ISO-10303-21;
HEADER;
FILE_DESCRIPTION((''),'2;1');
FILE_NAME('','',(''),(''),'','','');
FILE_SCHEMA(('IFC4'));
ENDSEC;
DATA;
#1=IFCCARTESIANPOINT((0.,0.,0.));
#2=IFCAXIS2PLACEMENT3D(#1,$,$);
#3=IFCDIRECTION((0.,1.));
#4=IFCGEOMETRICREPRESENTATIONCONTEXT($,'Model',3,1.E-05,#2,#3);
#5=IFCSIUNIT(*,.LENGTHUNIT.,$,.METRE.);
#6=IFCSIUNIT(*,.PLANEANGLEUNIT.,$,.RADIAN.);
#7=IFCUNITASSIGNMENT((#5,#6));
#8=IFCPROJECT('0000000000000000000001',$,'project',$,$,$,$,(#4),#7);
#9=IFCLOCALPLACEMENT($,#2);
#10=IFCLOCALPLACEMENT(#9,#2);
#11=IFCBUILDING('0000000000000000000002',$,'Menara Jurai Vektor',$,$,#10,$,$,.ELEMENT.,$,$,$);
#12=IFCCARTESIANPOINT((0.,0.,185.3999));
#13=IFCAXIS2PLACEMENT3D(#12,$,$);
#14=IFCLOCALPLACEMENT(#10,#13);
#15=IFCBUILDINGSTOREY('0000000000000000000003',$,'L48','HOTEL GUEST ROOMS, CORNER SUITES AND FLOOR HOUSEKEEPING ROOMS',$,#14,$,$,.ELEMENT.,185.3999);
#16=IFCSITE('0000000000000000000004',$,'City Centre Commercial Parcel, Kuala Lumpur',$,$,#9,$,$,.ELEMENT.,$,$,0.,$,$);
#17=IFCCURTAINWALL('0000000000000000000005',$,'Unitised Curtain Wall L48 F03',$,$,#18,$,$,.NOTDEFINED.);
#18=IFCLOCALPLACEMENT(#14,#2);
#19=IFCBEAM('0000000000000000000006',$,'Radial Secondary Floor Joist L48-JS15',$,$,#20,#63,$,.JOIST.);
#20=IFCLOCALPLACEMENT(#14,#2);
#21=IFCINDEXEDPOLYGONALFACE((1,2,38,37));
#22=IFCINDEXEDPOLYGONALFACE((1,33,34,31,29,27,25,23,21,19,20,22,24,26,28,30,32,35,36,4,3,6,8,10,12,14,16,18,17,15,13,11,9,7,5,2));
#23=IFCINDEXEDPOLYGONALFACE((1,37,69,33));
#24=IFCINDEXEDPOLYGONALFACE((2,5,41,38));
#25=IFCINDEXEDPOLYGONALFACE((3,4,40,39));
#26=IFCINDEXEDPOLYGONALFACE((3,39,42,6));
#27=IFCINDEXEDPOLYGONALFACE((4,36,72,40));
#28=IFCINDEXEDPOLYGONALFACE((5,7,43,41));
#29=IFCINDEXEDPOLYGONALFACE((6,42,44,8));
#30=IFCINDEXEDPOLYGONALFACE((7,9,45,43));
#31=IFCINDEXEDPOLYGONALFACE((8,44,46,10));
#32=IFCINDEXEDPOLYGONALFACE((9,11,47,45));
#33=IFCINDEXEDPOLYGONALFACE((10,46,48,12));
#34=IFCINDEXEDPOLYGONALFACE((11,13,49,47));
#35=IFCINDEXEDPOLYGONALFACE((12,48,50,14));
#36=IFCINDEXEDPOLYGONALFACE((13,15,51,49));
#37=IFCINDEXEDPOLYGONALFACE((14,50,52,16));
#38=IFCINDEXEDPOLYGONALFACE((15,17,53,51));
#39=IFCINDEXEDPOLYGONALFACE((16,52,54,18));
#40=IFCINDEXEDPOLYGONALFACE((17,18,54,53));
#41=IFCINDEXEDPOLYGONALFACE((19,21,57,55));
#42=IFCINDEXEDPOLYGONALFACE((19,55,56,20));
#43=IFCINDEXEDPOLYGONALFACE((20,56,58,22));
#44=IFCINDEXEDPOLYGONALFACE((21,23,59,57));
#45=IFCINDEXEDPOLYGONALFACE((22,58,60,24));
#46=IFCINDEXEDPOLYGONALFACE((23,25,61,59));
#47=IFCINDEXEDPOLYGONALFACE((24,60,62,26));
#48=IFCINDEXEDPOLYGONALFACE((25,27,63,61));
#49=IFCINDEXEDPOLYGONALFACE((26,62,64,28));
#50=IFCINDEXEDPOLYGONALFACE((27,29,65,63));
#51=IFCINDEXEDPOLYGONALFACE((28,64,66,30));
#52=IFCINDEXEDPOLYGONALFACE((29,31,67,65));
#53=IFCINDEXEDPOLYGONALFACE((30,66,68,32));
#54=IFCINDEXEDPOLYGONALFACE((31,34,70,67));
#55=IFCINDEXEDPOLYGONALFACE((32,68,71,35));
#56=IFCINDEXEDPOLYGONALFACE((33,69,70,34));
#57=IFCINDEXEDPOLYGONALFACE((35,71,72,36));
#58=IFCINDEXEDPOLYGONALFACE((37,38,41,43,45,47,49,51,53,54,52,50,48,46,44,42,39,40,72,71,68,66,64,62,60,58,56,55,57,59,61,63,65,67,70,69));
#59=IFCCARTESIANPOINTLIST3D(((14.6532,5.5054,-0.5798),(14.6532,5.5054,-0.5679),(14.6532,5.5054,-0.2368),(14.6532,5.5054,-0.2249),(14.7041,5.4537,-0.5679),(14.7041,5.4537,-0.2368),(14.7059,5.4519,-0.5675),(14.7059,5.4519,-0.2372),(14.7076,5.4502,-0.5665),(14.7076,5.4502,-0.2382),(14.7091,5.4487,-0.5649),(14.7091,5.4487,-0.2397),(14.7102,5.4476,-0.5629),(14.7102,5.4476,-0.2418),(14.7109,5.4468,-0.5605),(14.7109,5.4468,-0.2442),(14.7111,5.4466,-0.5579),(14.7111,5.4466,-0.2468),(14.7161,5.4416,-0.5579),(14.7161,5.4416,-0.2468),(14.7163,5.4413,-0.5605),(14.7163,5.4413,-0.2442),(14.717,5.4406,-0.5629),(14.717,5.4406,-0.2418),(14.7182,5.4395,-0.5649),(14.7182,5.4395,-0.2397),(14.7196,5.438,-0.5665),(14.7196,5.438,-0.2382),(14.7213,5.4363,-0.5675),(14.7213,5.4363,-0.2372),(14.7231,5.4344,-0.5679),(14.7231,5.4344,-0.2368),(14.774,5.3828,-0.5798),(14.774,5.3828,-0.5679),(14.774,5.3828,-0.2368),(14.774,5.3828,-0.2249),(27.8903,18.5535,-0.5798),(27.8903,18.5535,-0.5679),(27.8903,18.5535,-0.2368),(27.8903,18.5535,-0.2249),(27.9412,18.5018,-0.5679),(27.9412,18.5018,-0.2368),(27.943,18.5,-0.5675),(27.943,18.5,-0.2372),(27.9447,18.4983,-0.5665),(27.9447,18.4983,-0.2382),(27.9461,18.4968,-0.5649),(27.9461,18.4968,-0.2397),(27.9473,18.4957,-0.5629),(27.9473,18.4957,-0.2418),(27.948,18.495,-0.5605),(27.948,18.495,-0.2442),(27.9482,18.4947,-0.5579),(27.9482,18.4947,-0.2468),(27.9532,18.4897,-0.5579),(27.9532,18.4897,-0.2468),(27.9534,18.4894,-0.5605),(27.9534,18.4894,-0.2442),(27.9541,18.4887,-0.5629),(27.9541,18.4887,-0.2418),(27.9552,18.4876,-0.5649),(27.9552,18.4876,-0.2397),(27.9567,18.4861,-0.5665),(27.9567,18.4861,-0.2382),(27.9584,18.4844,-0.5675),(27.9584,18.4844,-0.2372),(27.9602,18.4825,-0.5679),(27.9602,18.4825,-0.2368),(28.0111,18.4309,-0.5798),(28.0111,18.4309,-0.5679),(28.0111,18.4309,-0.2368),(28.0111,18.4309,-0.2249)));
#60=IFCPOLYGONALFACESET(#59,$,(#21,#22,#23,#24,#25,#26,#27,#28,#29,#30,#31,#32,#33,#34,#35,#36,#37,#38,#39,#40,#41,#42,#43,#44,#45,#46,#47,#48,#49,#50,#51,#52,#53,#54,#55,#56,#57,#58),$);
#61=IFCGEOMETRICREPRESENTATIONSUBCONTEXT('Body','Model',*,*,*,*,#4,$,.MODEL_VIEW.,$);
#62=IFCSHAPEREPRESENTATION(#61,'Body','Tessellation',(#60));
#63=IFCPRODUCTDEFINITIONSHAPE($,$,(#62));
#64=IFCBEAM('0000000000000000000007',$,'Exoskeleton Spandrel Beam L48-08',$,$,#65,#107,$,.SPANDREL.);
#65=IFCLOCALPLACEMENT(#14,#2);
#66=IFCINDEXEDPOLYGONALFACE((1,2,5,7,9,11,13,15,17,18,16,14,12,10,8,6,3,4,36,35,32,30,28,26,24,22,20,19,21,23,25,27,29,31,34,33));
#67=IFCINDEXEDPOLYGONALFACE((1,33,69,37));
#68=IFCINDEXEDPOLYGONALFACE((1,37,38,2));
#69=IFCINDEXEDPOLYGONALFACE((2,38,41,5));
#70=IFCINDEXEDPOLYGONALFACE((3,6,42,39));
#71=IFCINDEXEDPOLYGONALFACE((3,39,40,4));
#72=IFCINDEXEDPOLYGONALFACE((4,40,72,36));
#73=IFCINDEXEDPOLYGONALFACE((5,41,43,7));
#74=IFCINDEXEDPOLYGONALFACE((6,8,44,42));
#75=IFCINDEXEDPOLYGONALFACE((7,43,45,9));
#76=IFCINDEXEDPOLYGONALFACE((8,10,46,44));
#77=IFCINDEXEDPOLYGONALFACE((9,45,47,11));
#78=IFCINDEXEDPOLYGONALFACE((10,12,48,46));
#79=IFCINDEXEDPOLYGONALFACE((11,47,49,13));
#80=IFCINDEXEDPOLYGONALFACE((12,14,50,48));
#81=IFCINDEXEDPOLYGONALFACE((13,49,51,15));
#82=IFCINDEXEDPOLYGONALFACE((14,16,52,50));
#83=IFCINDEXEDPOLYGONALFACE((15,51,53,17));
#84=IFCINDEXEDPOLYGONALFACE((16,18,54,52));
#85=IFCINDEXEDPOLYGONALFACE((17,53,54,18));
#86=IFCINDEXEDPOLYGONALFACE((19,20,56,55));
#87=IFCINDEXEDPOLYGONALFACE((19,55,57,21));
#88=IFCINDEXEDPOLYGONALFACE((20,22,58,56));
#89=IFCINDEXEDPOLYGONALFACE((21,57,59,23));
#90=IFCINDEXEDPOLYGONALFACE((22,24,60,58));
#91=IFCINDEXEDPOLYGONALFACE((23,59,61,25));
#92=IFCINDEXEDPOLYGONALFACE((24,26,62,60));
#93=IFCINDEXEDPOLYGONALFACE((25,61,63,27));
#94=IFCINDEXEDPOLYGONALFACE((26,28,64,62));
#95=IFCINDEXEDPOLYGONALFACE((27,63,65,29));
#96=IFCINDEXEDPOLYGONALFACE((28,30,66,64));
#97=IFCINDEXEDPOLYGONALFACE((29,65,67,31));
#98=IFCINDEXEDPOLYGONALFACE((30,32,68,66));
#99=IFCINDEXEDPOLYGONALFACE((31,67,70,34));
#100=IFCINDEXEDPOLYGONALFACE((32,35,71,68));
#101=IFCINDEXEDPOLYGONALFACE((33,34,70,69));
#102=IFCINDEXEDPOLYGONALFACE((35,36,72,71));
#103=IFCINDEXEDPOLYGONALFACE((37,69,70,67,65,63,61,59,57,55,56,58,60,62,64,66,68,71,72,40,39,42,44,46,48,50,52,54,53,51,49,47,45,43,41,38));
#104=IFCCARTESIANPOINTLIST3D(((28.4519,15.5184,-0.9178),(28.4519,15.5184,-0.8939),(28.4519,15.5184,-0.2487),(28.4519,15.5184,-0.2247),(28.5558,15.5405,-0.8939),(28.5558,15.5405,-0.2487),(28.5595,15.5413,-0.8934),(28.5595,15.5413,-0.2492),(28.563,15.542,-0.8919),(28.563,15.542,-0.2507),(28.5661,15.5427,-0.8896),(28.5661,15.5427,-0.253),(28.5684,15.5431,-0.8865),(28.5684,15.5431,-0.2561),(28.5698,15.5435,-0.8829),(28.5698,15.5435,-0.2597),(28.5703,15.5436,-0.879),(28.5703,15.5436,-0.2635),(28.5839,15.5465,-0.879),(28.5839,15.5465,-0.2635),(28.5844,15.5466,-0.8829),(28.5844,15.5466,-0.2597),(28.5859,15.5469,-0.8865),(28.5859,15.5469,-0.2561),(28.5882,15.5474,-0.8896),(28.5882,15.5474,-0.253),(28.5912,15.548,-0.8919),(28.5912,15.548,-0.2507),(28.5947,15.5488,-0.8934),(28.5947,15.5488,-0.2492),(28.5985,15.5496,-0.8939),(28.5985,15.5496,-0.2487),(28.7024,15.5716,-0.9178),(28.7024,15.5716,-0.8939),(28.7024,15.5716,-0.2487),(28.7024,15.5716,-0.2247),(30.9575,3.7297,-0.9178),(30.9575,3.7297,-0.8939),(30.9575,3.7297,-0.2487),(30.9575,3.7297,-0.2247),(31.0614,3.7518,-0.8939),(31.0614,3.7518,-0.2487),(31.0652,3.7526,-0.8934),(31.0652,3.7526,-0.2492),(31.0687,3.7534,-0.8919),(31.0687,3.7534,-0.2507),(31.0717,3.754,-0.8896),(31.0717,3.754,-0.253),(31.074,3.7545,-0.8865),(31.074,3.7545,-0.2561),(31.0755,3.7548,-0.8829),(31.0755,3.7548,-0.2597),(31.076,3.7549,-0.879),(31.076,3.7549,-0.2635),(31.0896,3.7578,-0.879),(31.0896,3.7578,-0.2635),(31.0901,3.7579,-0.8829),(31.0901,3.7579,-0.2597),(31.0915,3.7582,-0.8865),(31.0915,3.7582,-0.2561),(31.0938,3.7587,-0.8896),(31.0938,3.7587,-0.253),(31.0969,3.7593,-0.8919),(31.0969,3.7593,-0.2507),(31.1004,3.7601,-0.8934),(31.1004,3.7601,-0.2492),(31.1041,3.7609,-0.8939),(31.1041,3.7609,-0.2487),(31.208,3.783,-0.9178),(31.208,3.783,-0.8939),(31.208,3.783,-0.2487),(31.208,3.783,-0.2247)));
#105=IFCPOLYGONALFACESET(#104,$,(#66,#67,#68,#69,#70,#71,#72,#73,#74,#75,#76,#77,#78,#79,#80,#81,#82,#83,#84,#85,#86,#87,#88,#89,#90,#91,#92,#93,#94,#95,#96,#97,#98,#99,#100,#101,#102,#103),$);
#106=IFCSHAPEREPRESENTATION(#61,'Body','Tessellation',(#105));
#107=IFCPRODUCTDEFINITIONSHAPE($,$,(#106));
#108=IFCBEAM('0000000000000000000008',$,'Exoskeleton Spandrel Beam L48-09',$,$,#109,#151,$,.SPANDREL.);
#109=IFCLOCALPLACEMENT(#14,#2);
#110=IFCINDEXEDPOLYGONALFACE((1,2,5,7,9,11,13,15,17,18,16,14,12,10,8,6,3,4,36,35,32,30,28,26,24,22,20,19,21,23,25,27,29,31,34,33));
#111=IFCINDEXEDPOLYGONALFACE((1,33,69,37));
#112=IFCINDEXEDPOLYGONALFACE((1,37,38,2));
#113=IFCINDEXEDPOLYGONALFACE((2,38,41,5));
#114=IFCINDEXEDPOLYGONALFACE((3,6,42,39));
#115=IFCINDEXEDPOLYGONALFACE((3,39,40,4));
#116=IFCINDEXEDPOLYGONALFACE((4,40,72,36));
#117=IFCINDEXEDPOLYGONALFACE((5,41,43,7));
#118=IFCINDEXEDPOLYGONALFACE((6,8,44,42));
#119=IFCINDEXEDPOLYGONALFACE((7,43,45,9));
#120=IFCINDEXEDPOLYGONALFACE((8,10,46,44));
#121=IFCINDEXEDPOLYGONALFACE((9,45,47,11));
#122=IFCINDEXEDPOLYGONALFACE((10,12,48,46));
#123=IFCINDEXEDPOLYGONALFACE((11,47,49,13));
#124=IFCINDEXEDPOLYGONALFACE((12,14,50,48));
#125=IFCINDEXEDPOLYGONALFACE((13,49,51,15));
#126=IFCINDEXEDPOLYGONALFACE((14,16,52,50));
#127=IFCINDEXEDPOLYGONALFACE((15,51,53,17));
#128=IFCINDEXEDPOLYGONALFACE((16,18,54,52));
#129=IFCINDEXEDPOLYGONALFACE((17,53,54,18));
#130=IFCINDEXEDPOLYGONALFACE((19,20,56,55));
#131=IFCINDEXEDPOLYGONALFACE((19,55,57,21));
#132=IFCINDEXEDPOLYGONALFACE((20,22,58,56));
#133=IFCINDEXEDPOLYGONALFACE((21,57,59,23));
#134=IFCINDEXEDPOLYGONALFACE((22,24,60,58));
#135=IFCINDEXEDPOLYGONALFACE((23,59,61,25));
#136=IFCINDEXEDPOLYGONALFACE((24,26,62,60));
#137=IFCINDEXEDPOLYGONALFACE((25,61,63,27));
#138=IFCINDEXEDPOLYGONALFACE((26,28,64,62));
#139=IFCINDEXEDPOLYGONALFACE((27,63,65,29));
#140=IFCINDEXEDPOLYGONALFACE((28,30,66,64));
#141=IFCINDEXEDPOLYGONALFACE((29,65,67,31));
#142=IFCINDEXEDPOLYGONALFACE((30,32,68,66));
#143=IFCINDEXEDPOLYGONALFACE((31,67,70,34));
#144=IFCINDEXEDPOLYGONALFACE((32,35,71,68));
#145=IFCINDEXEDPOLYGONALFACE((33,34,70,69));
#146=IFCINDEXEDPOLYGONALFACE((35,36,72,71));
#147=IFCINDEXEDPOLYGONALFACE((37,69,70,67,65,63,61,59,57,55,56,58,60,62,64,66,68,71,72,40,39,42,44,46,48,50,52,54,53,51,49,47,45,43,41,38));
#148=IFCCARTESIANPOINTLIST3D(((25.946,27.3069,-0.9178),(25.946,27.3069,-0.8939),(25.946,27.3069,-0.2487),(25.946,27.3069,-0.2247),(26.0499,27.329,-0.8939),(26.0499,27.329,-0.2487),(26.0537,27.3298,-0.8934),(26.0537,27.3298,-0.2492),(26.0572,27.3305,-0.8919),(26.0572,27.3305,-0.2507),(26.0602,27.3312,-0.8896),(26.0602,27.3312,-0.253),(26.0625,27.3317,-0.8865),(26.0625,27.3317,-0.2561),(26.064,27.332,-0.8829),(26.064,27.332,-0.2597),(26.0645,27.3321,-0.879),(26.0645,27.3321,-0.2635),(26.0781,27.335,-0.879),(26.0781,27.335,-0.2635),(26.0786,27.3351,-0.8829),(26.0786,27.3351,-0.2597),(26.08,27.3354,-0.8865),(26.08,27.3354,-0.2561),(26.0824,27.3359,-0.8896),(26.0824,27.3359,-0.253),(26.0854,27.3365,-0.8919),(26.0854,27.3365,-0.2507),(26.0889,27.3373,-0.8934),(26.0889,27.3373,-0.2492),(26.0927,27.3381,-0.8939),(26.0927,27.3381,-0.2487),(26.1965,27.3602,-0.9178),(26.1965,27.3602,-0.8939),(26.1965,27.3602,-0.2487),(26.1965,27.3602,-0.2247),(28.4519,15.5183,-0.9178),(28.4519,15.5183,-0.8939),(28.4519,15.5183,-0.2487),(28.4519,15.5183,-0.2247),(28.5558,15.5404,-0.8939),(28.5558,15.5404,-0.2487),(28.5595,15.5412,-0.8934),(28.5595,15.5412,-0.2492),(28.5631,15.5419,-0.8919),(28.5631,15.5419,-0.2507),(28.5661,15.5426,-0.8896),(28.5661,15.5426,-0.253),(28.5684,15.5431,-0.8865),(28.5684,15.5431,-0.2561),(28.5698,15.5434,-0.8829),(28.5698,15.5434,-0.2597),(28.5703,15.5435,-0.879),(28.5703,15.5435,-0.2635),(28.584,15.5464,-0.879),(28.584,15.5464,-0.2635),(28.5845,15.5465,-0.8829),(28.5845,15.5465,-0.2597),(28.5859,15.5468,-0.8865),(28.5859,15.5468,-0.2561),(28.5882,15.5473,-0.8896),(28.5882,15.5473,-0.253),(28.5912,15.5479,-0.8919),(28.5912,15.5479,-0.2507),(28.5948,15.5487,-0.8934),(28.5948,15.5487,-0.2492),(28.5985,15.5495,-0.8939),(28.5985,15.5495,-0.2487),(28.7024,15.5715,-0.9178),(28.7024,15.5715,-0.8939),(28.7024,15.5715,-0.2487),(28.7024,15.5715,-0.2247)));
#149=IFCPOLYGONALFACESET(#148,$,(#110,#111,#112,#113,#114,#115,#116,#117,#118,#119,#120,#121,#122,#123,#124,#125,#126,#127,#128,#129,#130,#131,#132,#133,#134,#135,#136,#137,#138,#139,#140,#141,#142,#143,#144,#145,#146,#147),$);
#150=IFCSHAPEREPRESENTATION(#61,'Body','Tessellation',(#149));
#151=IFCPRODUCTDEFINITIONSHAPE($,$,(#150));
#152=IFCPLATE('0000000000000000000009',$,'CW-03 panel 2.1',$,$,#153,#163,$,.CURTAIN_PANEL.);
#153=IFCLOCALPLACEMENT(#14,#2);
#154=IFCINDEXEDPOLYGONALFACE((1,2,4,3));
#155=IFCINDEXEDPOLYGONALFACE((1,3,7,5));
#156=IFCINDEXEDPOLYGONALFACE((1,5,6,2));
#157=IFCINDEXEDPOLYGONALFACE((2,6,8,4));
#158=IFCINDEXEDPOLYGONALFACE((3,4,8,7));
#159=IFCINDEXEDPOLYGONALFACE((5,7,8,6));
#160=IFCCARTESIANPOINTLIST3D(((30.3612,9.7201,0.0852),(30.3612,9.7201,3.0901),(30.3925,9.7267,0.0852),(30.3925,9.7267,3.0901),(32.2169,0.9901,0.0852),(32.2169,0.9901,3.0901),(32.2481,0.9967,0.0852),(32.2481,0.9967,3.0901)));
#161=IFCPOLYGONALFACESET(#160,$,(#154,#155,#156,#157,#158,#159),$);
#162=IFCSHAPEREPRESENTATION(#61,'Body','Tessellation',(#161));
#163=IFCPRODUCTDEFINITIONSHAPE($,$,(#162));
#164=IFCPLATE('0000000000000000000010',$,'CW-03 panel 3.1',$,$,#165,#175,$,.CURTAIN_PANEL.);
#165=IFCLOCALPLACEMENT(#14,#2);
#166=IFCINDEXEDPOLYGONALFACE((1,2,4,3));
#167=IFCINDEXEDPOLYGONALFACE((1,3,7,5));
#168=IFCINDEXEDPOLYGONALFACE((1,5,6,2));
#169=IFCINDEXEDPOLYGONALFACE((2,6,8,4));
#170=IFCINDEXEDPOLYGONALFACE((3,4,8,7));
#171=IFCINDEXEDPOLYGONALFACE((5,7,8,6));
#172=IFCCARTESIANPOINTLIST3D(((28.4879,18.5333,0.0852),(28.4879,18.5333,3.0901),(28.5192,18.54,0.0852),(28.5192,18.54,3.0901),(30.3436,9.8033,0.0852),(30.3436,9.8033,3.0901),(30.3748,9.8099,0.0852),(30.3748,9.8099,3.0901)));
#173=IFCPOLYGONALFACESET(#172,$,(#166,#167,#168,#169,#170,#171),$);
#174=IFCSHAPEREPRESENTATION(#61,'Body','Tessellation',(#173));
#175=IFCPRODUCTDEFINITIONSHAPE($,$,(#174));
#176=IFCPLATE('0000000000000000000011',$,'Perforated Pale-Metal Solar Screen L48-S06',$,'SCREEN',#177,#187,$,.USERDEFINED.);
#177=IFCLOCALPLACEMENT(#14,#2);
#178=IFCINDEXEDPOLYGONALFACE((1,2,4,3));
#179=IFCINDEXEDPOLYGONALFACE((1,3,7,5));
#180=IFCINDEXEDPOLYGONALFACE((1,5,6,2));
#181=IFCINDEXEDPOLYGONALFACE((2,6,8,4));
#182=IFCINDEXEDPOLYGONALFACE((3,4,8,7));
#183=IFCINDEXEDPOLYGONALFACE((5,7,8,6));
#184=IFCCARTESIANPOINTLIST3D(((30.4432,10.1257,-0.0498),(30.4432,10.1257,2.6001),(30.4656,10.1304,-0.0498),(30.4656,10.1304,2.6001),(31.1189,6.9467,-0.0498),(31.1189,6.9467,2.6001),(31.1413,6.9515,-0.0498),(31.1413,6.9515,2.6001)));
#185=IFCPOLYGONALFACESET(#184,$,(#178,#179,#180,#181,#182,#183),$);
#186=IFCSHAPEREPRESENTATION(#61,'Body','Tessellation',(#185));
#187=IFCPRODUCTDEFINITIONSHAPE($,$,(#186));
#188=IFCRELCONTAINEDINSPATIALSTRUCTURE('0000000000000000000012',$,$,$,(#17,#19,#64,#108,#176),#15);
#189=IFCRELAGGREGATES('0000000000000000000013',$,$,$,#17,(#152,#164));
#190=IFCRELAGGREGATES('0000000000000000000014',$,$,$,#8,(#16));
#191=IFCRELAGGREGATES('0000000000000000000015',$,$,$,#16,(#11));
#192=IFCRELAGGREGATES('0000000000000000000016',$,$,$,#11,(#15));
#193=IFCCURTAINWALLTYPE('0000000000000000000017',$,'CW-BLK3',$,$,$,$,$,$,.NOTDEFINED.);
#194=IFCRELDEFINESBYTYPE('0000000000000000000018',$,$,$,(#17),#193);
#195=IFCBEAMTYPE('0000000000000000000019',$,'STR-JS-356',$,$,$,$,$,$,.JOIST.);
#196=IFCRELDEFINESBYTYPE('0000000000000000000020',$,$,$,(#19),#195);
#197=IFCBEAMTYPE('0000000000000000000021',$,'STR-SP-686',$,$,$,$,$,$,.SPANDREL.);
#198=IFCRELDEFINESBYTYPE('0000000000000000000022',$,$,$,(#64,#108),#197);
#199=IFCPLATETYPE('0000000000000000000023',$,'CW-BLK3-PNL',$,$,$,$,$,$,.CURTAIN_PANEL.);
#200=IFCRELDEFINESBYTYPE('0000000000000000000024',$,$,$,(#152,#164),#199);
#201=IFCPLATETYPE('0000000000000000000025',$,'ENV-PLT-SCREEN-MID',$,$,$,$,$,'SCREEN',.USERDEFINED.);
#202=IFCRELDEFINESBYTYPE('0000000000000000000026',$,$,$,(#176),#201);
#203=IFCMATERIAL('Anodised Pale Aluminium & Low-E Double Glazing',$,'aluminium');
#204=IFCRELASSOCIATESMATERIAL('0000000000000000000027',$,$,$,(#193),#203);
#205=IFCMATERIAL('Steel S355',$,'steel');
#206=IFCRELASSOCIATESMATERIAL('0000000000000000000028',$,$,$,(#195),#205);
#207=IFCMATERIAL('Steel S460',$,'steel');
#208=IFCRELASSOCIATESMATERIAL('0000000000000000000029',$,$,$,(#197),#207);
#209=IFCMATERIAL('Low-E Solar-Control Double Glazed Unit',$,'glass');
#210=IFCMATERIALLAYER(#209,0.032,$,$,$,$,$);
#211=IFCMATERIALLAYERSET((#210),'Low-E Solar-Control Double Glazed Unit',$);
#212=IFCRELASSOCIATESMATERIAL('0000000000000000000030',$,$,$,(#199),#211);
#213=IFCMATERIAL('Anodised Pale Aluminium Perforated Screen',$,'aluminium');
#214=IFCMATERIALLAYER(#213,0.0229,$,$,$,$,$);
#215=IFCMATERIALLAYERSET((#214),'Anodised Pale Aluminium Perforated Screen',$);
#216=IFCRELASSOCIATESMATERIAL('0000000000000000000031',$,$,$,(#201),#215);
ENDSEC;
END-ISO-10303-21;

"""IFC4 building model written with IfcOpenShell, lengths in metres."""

from ifc_helpers import new_model, si_unit, direction, frame, origin, origin_2d, place, context, subcontext, project, spatial, rectangle, i_section, extrude, material, layer, layer_set, material_profile, profile_set, type_object, element, aggregate, save


model = new_model("IFC4")

# Units and contexts
model_context = context("Model", 3, precision=1e-05, world=origin(), true_north=direction((0.0, 1.0)))
body_context = subcontext(model_context, "Body", "Model", "MODEL_VIEW")
ifc_project = project(units=[si_unit("LENGTHUNIT", "METRE"), si_unit("PLANEANGLEUNIT", "RADIAN")], contexts=[model_context])

# Site, building, storey
site_placement = place(None, origin())
site = spatial("IfcSite", under=ifc_project, at=site_placement, Name="City Centre Commercial Parcel, Kuala Lumpur", CompositionType="ELEMENT", RefElevation=0.0)
building_placement = place(site_placement, origin())
building = spatial("IfcBuilding", under=site, at=building_placement, Name="Menara Jurai Vektor", CompositionType="ELEMENT")
storey_placement = place(building_placement, frame((0.0, 0.0, 185.3999)))
storey = spatial("IfcBuildingStorey", under=building, at=storey_placement, Name="L48", Description="HOTEL GUEST ROOMS, CORNER SUITES AND FLOOR HOUSEKEEPING ROOMS", CompositionType="ELEMENT", Elevation=185.3999)

# Shared definitions
ifc_material_1 = material(Name="Steel S460", Category="steel")

# Curtain wall
ifc_material_2 = material(Name="Anodised Pale Aluminium & Low-E Double Glazing", Category="aluminium")
curtain_wall_type = type_object("IfcCurtainWallType", Name="CW-BLK3", PredefinedType="NOTDEFINED", material=ifc_material_2)
curtain_wall_placement = place(storey_placement, origin())
curtain_wall = element("IfcCurtainWall", 1, at=curtain_wall_placement, inside=storey, type_object=curtain_wall_type, Name="Unitised Curtain Wall L48 F03", PredefinedType="NOTDEFINED")

# Beams
ifc_material_3 = material(Name="Steel S355", Category="steel")
ifc_material_profile_1 = material_profile(ifc_material_3, i_section(OverallWidth=0.1721, OverallDepth=0.355, WebThickness=0.0071, FlangeThickness=0.012, FilletRadius=0.01, at=origin_2d()), Name="UKB 356x171x51")
ifc_profile_set_1 = profile_set([ifc_material_profile_1], Name="Steel S355")
beam_type_1 = type_object("IfcBeamType", Name="STR-JS-356", PredefinedType="JOIST", material=ifc_profile_set_1)
beam_1_placement = place(storey_placement, frame((27.9507, 18.4922, -0.4023), z_axis=(-0.712172, -0.702005, 0.0), x_axis=(0.702005, -0.712172, 0.0)))
element("IfcBeam", 2, at=beam_1_placement, inside=storey, type_object=beam_type_1, Name="Radial Secondary Floor Joist L48-JS15", PredefinedType="JOIST", context=body_context, shape_type="SweptSolid", body=[
    extrude(i_section(OverallWidth=0.1721, OverallDepth=0.355, WebThickness=0.0071, FlangeThickness=0.012, FilletRadius=0.01, at=origin_2d()), origin(), (0.0, 0.0, 1.0), 18.5869),
])
ifc_material_profile_2 = material_profile(ifc_material_1, i_section(OverallWidth=0.2561, OverallDepth=0.6931, WebThickness=0.0139, FlangeThickness=0.0239, FilletRadius=0.0149, at=origin_2d()), Name="UKB 686x254x170")
ifc_profile_set_2 = profile_set([ifc_material_profile_2], Name="Steel S460")
beam_type_2 = type_object("IfcBeamType", Name="STR-SP-686", PredefinedType="SPANDREL", material=ifc_profile_set_2)
for number, where, z_axis, x_axis, name in (
    (3, (31.0828, 3.7563, -0.5713), (-0.207902, 0.97815, 0.0), (-0.97815, -0.207902, 0.0), "Exoskeleton Spandrel Beam L48-08"),
    (4, (28.5771, 15.5449, -0.5713), (-0.207921, 0.978146, 0.0), (-0.978146, -0.207921, 0.0), "Exoskeleton Spandrel Beam L48-09"),
):
    element("IfcBeam", number, at=place(storey_placement, frame(where, z_axis=z_axis, x_axis=x_axis)), inside=storey, type_object=beam_type_2, Name=name, PredefinedType="SPANDREL", context=body_context, shape_type="SweptSolid", body=[
        extrude(i_section(OverallWidth=0.2561, OverallDepth=0.6931, WebThickness=0.0139, FlangeThickness=0.0239, FilletRadius=0.0149, at=origin_2d()), origin(), (0.0, 0.0, 1.0), 12.052),
    ])

# Plates
ifc_material_4 = material(Name="Low-E Solar-Control Double Glazed Unit", Category="glass")
ifc_layer_1 = layer(ifc_material_4, 0.032)
ifc_layer_set_1 = layer_set([ifc_layer_1], Name="Low-E Solar-Control Double Glazed Unit")
plate_type_1 = type_object("IfcPlateType", Name="CW-BLK3-PNL", PredefinedType="CURTAIN_PANEL", material=ifc_layer_set_1)
plate_1_placement = place(storey_placement, frame((31.3047, 5.3584, 0.0852), z_axis=(0.0, 0.0, 1.0), x_axis=(-0.20791, 0.978148, 0.0)))
plate_1 = element("IfcPlate", 5, at=plate_1_placement, type_object=plate_type_1, Name="CW-03 panel 2.1", PredefinedType="CURTAIN_PANEL", context=body_context, shape_type="SweptSolid", body=[
    extrude(rectangle(XDim=8.925, YDim=0.032, at=origin_2d()), origin(), (0.0, 0.0, 1.0), 3.0049),
])
plate_2_placement = place(storey_placement, frame((29.4314, 14.1716, 0.0852), z_axis=(0.0, 0.0, 1.0), x_axis=(-0.20791, 0.978148, 0.0)))
plate_2 = element("IfcPlate", 6, at=plate_2_placement, type_object=plate_type_1, Name="CW-03 panel 3.1", PredefinedType="CURTAIN_PANEL", context=body_context, shape_type="SweptSolid", body=[
    extrude(rectangle(XDim=8.925, YDim=0.032, at=origin_2d()), origin(), (0.0, 0.0, 1.0), 3.0049),
])
aggregate(curtain_wall, [plate_1, plate_2])
ifc_material_5 = material(Name="Anodised Pale Aluminium Perforated Screen", Category="aluminium")
ifc_layer_2 = layer(ifc_material_5, 0.0229)
ifc_layer_set_2 = layer_set([ifc_layer_2], Name="Anodised Pale Aluminium Perforated Screen")
plate_type_2 = type_object("IfcPlateType", Name="ENV-PLT-SCREEN-MID", ElementType="SCREEN", PredefinedType="USERDEFINED", material=ifc_layer_set_2)
plate_3_placement = place(storey_placement, frame((30.7922, 8.5386, -0.0498), z_axis=(0.0, 0.0, 1.0), x_axis=(-0.207912, 0.978148, 0.0)))
element("IfcPlate", 7, at=plate_3_placement, inside=storey, type_object=plate_type_2, Name="Perforated Pale-Metal Solar Screen L48-S06", ObjectType="SCREEN", PredefinedType="USERDEFINED", context=body_context, shape_type="SweptSolid", body=[
    extrude(rectangle(XDim=3.25, YDim=0.0229, at=origin_2d()), origin(), (0.0, 0.0, 1.0), 2.6499),
])

save(model, "model.ifc")
